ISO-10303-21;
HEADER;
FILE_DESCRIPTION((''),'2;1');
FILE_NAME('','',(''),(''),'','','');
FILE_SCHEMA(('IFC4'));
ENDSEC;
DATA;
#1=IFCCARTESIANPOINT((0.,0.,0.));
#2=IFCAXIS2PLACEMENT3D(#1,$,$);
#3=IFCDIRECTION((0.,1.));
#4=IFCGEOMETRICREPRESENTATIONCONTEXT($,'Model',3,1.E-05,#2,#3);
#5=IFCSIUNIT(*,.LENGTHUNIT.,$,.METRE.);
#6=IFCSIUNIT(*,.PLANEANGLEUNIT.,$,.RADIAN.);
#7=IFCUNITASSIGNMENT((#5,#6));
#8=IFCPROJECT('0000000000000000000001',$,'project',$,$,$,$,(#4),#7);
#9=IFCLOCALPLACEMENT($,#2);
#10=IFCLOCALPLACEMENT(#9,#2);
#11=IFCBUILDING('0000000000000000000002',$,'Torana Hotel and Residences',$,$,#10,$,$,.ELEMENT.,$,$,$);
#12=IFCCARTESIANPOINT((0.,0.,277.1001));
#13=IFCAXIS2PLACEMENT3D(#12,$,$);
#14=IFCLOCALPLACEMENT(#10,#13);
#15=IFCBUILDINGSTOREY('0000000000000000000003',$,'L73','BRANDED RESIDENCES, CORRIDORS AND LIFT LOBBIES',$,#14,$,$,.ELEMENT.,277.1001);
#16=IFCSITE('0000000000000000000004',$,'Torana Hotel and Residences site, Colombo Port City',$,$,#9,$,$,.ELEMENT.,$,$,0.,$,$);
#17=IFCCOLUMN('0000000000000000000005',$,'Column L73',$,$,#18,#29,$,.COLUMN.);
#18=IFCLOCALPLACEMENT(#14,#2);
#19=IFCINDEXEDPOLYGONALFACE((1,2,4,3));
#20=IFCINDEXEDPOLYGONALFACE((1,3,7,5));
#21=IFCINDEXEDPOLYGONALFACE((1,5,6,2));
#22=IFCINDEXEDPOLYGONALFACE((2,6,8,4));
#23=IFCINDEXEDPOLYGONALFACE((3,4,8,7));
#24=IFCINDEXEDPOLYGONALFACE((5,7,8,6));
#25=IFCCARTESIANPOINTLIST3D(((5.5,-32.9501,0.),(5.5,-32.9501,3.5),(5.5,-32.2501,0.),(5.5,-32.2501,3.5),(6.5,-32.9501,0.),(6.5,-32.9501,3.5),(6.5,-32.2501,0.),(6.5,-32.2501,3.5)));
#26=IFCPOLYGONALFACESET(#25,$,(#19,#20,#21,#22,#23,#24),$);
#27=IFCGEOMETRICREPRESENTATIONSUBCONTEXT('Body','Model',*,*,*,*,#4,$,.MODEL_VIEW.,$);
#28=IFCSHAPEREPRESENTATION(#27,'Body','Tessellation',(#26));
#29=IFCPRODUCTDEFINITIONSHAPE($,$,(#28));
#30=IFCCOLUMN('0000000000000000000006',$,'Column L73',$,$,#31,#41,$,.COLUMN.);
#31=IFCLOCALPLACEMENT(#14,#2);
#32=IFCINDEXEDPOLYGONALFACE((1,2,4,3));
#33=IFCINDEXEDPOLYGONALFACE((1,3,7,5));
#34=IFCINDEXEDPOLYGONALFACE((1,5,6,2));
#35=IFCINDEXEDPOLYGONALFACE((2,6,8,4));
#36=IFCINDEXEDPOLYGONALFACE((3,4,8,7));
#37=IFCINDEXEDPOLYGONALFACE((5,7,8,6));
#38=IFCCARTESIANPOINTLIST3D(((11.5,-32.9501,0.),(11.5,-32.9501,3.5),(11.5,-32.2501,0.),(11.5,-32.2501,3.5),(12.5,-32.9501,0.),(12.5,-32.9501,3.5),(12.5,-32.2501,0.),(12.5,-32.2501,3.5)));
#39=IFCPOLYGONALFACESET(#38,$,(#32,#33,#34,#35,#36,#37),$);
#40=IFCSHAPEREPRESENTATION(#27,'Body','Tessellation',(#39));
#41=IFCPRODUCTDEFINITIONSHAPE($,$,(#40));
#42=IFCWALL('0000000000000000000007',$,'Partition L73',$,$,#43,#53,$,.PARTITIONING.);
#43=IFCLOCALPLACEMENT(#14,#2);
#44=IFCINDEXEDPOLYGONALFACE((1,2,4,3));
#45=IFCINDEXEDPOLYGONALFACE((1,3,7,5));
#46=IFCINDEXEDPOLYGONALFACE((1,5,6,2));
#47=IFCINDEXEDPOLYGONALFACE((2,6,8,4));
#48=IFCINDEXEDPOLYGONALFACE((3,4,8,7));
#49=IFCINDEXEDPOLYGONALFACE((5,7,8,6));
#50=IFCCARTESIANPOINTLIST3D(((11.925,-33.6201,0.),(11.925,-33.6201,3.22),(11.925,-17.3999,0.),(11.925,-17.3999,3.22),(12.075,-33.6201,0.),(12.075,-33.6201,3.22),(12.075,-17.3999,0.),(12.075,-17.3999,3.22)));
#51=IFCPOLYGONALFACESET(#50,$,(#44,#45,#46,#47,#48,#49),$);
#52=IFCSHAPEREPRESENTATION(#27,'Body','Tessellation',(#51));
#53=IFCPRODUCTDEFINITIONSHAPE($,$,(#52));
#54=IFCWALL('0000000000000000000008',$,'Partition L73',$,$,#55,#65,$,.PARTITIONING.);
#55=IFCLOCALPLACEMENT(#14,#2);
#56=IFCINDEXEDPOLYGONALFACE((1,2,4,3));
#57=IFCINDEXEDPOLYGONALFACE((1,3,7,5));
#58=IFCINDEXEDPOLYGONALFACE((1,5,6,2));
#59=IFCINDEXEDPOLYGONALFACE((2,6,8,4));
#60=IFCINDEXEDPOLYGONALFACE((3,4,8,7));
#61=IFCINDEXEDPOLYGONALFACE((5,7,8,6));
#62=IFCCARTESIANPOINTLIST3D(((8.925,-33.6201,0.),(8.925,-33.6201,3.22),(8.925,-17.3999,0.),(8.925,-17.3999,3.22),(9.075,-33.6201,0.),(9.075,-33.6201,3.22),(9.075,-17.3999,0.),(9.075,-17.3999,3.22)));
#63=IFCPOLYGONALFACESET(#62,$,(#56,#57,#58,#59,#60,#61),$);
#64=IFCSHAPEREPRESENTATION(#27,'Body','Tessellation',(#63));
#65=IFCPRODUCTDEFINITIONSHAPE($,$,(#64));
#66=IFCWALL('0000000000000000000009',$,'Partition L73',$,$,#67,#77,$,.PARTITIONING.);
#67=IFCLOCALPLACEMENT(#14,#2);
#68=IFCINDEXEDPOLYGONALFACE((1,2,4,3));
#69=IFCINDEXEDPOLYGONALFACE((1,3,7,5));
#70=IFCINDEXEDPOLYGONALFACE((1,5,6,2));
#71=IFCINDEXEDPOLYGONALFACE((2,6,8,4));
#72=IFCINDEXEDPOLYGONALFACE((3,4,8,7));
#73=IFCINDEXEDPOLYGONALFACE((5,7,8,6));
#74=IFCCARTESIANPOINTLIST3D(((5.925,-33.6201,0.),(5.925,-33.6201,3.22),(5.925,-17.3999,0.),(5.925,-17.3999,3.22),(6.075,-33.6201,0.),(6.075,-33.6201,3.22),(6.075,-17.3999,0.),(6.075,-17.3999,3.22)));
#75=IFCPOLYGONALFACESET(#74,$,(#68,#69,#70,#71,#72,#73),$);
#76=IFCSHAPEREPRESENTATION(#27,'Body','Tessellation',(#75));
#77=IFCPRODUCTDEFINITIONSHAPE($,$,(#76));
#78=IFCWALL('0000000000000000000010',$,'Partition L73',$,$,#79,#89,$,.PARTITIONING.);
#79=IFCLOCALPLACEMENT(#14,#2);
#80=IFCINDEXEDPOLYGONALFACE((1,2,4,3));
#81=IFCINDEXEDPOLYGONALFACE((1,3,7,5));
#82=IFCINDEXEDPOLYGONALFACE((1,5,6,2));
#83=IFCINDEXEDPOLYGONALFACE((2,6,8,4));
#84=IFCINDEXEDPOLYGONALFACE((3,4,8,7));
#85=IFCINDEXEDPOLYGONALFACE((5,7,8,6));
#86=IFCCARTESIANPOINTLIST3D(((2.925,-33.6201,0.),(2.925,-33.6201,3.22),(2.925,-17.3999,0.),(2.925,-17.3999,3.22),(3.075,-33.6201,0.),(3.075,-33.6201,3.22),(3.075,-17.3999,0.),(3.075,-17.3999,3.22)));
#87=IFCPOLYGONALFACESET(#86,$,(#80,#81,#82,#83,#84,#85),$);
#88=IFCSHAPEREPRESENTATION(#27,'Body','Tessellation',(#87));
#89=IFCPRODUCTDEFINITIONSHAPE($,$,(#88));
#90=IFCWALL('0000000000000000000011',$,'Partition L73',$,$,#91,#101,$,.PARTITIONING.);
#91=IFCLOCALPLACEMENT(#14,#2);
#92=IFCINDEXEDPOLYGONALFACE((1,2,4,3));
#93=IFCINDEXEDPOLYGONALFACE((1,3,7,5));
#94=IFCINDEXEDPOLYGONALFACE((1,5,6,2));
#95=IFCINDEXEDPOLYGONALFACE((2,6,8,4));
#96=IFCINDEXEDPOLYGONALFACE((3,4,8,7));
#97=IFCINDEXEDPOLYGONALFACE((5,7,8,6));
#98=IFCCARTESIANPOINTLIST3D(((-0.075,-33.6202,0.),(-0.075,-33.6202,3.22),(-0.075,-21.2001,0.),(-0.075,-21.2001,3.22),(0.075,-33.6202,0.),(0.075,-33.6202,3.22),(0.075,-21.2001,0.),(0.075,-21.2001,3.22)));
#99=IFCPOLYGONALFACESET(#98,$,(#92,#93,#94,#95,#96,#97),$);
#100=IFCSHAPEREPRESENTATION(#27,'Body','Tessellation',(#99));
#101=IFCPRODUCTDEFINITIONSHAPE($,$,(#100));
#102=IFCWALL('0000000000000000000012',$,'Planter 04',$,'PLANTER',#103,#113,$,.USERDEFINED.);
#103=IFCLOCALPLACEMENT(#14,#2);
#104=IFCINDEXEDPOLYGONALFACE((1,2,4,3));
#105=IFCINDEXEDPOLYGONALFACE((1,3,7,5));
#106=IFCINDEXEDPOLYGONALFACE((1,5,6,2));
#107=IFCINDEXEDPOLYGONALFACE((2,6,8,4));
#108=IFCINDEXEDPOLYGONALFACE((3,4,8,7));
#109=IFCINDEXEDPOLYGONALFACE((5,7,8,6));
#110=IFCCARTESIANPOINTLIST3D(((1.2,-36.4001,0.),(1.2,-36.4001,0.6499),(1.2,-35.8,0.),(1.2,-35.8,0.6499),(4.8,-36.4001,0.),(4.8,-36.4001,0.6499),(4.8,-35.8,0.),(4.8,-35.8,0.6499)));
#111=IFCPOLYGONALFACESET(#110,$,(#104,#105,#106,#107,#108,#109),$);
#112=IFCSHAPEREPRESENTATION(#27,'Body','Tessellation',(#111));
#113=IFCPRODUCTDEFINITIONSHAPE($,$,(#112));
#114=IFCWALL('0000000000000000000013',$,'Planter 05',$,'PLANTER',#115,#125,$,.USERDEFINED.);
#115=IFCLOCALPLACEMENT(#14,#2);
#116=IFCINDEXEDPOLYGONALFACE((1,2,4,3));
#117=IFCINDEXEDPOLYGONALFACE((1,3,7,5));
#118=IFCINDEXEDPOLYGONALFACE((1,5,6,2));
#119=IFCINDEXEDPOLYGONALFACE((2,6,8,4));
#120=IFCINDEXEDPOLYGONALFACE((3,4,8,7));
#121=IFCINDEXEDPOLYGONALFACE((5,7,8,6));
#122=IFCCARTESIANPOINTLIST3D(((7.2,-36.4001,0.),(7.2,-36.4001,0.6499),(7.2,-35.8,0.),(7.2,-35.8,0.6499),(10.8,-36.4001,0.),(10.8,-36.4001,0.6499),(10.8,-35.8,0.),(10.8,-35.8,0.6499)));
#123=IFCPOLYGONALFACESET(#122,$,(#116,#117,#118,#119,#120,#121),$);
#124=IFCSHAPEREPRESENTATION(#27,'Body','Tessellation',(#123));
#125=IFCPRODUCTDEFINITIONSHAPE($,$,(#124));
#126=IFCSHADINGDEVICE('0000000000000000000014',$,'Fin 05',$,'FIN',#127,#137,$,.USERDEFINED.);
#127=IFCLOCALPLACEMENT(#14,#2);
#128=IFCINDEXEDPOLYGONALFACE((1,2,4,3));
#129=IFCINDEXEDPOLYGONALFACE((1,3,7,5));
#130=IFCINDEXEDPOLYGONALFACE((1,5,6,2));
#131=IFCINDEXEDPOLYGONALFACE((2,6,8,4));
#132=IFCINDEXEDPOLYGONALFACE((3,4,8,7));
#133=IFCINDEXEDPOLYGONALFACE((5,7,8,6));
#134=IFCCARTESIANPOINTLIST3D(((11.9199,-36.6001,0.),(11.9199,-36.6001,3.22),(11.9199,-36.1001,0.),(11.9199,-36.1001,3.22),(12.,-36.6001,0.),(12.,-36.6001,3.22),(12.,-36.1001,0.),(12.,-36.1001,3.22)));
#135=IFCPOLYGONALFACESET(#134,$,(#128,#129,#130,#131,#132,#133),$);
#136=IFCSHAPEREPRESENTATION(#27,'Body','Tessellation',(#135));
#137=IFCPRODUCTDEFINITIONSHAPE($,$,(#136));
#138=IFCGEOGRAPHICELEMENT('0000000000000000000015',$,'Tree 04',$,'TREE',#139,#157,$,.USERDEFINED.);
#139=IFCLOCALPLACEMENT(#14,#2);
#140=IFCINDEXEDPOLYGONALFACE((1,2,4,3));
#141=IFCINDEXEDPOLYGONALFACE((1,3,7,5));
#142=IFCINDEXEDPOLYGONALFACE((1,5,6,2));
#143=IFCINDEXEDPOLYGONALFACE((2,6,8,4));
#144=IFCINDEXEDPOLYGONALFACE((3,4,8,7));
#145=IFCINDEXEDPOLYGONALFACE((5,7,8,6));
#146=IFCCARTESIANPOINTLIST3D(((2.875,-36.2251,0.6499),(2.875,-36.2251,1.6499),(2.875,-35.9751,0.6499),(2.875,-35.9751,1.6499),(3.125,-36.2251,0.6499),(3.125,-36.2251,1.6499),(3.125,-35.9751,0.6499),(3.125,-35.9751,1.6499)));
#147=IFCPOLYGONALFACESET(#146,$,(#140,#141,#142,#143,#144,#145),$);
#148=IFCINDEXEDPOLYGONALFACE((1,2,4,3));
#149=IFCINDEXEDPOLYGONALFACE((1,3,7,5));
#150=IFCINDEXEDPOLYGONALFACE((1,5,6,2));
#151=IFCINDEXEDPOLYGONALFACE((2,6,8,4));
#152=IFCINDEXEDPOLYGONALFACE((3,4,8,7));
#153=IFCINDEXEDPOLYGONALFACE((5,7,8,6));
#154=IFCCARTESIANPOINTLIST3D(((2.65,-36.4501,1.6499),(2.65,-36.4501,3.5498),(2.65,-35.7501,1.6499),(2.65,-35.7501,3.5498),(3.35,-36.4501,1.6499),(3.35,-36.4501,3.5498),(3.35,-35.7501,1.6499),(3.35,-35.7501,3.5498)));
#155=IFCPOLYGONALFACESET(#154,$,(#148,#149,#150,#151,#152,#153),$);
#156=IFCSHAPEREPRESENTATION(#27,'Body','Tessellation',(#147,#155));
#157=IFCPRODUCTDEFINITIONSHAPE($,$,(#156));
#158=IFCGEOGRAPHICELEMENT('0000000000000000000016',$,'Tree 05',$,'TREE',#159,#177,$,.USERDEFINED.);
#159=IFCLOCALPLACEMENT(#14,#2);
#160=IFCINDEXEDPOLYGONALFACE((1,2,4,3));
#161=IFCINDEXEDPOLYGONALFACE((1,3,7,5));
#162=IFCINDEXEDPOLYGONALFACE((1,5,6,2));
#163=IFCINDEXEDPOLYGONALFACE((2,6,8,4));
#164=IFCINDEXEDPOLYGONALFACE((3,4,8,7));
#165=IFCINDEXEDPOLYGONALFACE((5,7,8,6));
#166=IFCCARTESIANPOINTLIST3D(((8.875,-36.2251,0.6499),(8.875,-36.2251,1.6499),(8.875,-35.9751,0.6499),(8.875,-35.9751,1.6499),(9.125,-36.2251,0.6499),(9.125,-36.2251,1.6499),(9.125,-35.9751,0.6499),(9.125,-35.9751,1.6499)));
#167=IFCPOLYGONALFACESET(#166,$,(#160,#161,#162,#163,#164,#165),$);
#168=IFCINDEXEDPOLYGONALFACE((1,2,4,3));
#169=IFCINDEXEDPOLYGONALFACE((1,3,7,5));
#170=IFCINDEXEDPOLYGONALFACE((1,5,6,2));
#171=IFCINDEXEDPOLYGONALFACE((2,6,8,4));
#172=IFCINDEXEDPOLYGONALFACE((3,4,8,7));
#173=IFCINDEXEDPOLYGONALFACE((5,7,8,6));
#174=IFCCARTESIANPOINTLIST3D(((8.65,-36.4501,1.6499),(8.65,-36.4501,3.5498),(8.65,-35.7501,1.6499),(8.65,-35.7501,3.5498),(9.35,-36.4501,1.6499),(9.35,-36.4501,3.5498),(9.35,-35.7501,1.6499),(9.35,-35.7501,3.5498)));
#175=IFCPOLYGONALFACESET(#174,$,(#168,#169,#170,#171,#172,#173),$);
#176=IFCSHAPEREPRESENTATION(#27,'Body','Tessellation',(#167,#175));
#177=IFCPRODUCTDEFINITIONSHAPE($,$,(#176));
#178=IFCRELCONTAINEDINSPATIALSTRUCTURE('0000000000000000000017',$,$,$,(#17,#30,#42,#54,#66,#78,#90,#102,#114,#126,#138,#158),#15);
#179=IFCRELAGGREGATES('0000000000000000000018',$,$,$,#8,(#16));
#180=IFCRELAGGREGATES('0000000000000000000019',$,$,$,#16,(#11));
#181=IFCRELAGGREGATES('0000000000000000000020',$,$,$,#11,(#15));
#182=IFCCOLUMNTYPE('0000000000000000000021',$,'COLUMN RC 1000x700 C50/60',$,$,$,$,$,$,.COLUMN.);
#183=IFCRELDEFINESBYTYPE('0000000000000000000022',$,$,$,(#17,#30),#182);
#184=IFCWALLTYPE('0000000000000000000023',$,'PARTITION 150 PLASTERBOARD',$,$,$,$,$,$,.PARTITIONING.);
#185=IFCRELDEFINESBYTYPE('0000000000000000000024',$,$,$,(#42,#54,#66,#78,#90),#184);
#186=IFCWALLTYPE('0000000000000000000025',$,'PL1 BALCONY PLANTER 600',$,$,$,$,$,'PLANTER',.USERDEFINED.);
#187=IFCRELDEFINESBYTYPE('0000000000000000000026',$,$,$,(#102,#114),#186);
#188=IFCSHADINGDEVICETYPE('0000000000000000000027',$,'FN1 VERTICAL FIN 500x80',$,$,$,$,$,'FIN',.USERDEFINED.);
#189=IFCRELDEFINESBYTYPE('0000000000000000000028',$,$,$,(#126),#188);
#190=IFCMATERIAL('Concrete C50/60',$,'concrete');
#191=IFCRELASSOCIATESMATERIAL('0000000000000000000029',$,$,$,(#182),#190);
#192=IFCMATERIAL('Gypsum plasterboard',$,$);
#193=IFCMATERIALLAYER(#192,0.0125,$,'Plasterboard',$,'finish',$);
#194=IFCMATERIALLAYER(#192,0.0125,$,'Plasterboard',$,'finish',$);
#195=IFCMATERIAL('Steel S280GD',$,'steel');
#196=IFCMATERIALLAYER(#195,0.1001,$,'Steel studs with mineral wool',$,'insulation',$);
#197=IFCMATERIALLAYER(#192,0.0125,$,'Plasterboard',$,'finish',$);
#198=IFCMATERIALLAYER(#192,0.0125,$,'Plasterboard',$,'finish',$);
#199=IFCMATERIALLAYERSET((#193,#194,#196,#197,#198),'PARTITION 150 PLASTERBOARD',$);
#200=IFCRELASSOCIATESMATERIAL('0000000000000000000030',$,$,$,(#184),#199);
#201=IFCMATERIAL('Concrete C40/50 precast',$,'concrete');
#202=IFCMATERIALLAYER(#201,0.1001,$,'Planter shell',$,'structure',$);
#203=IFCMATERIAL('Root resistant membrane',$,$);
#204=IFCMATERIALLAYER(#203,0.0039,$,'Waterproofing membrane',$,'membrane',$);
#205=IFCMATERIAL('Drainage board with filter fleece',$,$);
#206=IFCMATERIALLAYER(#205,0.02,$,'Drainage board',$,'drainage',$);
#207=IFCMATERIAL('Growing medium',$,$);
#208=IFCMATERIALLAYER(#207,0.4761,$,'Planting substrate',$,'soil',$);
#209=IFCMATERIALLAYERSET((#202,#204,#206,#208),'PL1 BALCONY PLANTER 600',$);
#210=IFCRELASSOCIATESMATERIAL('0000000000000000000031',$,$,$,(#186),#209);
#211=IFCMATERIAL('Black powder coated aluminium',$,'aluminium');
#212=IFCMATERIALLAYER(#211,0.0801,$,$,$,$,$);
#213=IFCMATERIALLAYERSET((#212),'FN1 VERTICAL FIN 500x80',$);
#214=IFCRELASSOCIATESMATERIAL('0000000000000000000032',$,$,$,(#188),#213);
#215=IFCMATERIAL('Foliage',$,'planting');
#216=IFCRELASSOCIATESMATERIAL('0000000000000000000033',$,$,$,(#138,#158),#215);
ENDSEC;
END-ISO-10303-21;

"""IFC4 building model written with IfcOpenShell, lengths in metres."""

from ifc_helpers import new_model, si_unit, direction, frame, frame_2d, origin, origin_2d, place, context, subcontext, project, spatial, rectangle, extrude, material, layer, layer_set, material_profile, profile_set, type_object, element, save


model = new_model("IFC4")

# Units and contexts
model_context = context("Model", 3, precision=1e-05, world=origin(), true_north=direction((0.0, 1.0)))
body_context = subcontext(model_context, "Body", "Model", "MODEL_VIEW")
ifc_project = project(units=[si_unit("LENGTHUNIT", "METRE"), si_unit("PLANEANGLEUNIT", "RADIAN")], contexts=[model_context])

# Site, building, storey
site_placement = place(None, origin())
site = spatial("IfcSite", under=ifc_project, at=site_placement, Name="Torana Hotel and Residences site, Colombo Port City", CompositionType="ELEMENT", RefElevation=0.0)
building_placement = place(site_placement, origin())
building = spatial("IfcBuilding", under=site, at=building_placement, Name="Torana Hotel and Residences", CompositionType="ELEMENT")
storey_placement = place(building_placement, frame((0.0, 0.0, 277.1001)))
storey = spatial("IfcBuildingStorey", under=building, at=storey_placement, Name="L73", Description="BRANDED RESIDENCES, CORRIDORS AND LIFT LOBBIES", CompositionType="ELEMENT", Elevation=277.1001)

# Columns
ifc_material_1 = material(Name="Concrete C50/60", Category="concrete")
ifc_material_profile = material_profile(ifc_material_1, rectangle(XDim=1.0, YDim=0.7, at=origin_2d()), Name="RC 1000x700")
ifc_profile_set = profile_set([ifc_material_profile], Name="Concrete C50/60")
column_type = type_object("IfcColumnType", Name="COLUMN RC 1000x700 C50/60", PredefinedType="COLUMN", material=ifc_profile_set)
for number, where, z_axis, x_axis, name in (
    (1, (6.0, -32.6001, 0.0), (0.0, 0.0, 1.0), (1.0, 0.0, 0.0), "Column L73"),
    (2, (12.0, -32.6001, 0.0), (0.0, 0.0, 1.0), (1.0, 0.0, 0.0), "Column L73"),
):
    element("IfcColumn", number, at=place(storey_placement, frame(where, z_axis=z_axis, x_axis=x_axis)), inside=storey, type_object=column_type, Name=name, PredefinedType="COLUMN", context=body_context, shape_type="SweptSolid", body=[
        extrude(rectangle(XDim=1.0, YDim=0.7, at=origin_2d()), origin(), (0.0, 0.0, 1.0), 3.5),
    ])

# Walls
ifc_material_2 = material(Name="Gypsum plasterboard")
ifc_layer_1 = layer(ifc_material_2, 0.0125, Name="Plasterboard", Category="finish")
ifc_layer_2 = layer(ifc_material_2, 0.0125, Name="Plasterboard", Category="finish")
ifc_material_3 = material(Name="Steel S280GD", Category="steel")
ifc_layer_3 = layer(ifc_material_3, 0.1001, Name="Steel studs with mineral wool", Category="insulation")
ifc_layer_4 = layer(ifc_material_2, 0.0125, Name="Plasterboard", Category="finish")
ifc_layer_5 = layer(ifc_material_2, 0.0125, Name="Plasterboard", Category="finish")
ifc_layer_set_1 = layer_set([ifc_layer_1, ifc_layer_2, ifc_layer_3, ifc_layer_4, ifc_layer_5], Name="PARTITION 150 PLASTERBOARD")
wall_type_1 = type_object("IfcWallType", Name="PARTITION 150 PLASTERBOARD", PredefinedType="PARTITIONING", material=ifc_layer_set_1)
for number, where, z_axis, x_axis, name in (
    (3, (12.0, -33.6201, 0.0), (0.0, 0.0, 1.0), (0.0, 1.0, 0.0), "Partition L73"),
    (4, (9.0, -33.6201, 0.0), (0.0, 0.0, 1.0), (0.0, 1.0, 0.0), "Partition L73"),
    (5, (6.0, -33.6201, 0.0), (0.0, 0.0, 1.0), (0.0, 1.0, 0.0), "Partition L73"),
    (6, (3.0, -33.6201, 0.0), (0.0, 0.0, 1.0), (0.0, 1.0, 0.0), "Partition L73"),
):
    element("IfcWall", number, at=place(storey_placement, frame(where, z_axis=z_axis, x_axis=x_axis)), inside=storey, type_object=wall_type_1, Name=name, PredefinedType="PARTITIONING", context=body_context, shape_type="SweptSolid", body=[
        extrude(rectangle(XDim=16.2202, YDim=0.1499, at=frame_2d((8.1101, 0.0))), origin(), (0.0, 0.0, 1.0), 3.22),
    ])
wall_placement = place(storey_placement, frame((0.0, -33.6201, 0.0), z_axis=(0.0, 0.0, 1.0), x_axis=(0.0, 1.0, 0.0)))
element("IfcWall", 7, at=wall_placement, inside=storey, type_object=wall_type_1, Name="Partition L73", PredefinedType="PARTITIONING", context=body_context, shape_type="SweptSolid", body=[
    extrude(rectangle(XDim=12.4202, YDim=0.1499, at=frame_2d((6.21, 0.0))), origin(), (0.0, 0.0, 1.0), 3.22),
])
ifc_material_4 = material(Name="Concrete C40/50 precast", Category="concrete")
ifc_layer_6 = layer(ifc_material_4, 0.1001, Name="Planter shell", Category="structure")
ifc_material_5 = material(Name="Root resistant membrane")
ifc_layer_7 = layer(ifc_material_5, 0.0039, Name="Waterproofing membrane", Category="membrane")
ifc_material_6 = material(Name="Drainage board with filter fleece")
ifc_layer_8 = layer(ifc_material_6, 0.02, Name="Drainage board", Category="drainage")
ifc_material_7 = material(Name="Growing medium")
ifc_layer_9 = layer(ifc_material_7, 0.4761, Name="Planting substrate", Category="soil")
ifc_layer_set_2 = layer_set([ifc_layer_6, ifc_layer_7, ifc_layer_8, ifc_layer_9], Name="PL1 BALCONY PLANTER 600")
wall_type_2 = type_object("IfcWallType", Name="PL1 BALCONY PLANTER 600", ElementType="PLANTER", PredefinedType="USERDEFINED", material=ifc_layer_set_2)
for number, where, z_axis, x_axis, name in (
    (8, (4.8, -36.1001, 0.0), (0.0, 0.0, 1.0), (-1.0, 0.0, 0.0), "Planter 04"),
    (9, (10.8, -36.1001, 0.0), (0.0, 0.0, 1.0), (-1.0, 0.0, 0.0), "Planter 05"),
):
    element("IfcWall", number, at=place(storey_placement, frame(where, z_axis=z_axis, x_axis=x_axis)), inside=storey, type_object=wall_type_2, Name=name, ObjectType="PLANTER", PredefinedType="USERDEFINED", context=body_context, shape_type="SweptSolid", body=[
        extrude(rectangle(XDim=3.6001, YDim=0.6001, at=frame_2d((1.8, 0.0))), origin(), (0.0, 0.0, 1.0), 0.6499),
    ])

# Shading device
ifc_material_8 = material(Name="Black powder coated aluminium", Category="aluminium")
ifc_layer_10 = layer(ifc_material_8, 0.0801)
ifc_layer_set_3 = layer_set([ifc_layer_10], Name="FN1 VERTICAL FIN 500x80")
shading_device_type = type_object("IfcShadingDeviceType", Name="FN1 VERTICAL FIN 500x80", ElementType="FIN", PredefinedType="USERDEFINED", material=ifc_layer_set_3)
shading_device_placement = place(storey_placement, frame((11.96, -36.3501, 0.0), z_axis=(0.0, 0.0, 1.0), x_axis=(-1.0, 0.0, 0.0)))
element("IfcShadingDevice", 10, at=shading_device_placement, inside=storey, type_object=shading_device_type, Name="Fin 05", ObjectType="FIN", PredefinedType="USERDEFINED", context=body_context, shape_type="SweptSolid", body=[
    extrude(rectangle(XDim=0.0801, YDim=0.5, at=origin_2d()), origin(), (0.0, 0.0, 1.0), 3.22),
])

# Geographic elements
ifc_material_9 = material(Name="Foliage", Category="planting")
for number, where, z_axis, x_axis, name in (
    (11, (3.0, -36.1001, 0.6499), (0.0, 0.0, 1.0), (1.0, 0.0, 0.0), "Tree 04"),
    (12, (9.0, -36.1001, 0.6499), (0.0, 0.0, 1.0), (1.0, 0.0, 0.0), "Tree 05"),
):
    element("IfcGeographicElement", number, at=place(storey_placement, frame(where, z_axis=z_axis, x_axis=x_axis)), inside=storey, material=ifc_material_9, Name=name, ObjectType="TREE", PredefinedType="USERDEFINED", context=body_context, shape_type="SweptSolid", body=[
        extrude(rectangle(XDim=0.25, YDim=0.25, at=origin_2d()), origin(), (0.0, 0.0, 1.0), 1.0),
        extrude(rectangle(XDim=0.7, YDim=0.7, at=origin_2d()), frame((0.0, 0.0, 1.0)), (0.0, 0.0, 1.0), 1.8999),
    ])

save(model, "model.ifc")
